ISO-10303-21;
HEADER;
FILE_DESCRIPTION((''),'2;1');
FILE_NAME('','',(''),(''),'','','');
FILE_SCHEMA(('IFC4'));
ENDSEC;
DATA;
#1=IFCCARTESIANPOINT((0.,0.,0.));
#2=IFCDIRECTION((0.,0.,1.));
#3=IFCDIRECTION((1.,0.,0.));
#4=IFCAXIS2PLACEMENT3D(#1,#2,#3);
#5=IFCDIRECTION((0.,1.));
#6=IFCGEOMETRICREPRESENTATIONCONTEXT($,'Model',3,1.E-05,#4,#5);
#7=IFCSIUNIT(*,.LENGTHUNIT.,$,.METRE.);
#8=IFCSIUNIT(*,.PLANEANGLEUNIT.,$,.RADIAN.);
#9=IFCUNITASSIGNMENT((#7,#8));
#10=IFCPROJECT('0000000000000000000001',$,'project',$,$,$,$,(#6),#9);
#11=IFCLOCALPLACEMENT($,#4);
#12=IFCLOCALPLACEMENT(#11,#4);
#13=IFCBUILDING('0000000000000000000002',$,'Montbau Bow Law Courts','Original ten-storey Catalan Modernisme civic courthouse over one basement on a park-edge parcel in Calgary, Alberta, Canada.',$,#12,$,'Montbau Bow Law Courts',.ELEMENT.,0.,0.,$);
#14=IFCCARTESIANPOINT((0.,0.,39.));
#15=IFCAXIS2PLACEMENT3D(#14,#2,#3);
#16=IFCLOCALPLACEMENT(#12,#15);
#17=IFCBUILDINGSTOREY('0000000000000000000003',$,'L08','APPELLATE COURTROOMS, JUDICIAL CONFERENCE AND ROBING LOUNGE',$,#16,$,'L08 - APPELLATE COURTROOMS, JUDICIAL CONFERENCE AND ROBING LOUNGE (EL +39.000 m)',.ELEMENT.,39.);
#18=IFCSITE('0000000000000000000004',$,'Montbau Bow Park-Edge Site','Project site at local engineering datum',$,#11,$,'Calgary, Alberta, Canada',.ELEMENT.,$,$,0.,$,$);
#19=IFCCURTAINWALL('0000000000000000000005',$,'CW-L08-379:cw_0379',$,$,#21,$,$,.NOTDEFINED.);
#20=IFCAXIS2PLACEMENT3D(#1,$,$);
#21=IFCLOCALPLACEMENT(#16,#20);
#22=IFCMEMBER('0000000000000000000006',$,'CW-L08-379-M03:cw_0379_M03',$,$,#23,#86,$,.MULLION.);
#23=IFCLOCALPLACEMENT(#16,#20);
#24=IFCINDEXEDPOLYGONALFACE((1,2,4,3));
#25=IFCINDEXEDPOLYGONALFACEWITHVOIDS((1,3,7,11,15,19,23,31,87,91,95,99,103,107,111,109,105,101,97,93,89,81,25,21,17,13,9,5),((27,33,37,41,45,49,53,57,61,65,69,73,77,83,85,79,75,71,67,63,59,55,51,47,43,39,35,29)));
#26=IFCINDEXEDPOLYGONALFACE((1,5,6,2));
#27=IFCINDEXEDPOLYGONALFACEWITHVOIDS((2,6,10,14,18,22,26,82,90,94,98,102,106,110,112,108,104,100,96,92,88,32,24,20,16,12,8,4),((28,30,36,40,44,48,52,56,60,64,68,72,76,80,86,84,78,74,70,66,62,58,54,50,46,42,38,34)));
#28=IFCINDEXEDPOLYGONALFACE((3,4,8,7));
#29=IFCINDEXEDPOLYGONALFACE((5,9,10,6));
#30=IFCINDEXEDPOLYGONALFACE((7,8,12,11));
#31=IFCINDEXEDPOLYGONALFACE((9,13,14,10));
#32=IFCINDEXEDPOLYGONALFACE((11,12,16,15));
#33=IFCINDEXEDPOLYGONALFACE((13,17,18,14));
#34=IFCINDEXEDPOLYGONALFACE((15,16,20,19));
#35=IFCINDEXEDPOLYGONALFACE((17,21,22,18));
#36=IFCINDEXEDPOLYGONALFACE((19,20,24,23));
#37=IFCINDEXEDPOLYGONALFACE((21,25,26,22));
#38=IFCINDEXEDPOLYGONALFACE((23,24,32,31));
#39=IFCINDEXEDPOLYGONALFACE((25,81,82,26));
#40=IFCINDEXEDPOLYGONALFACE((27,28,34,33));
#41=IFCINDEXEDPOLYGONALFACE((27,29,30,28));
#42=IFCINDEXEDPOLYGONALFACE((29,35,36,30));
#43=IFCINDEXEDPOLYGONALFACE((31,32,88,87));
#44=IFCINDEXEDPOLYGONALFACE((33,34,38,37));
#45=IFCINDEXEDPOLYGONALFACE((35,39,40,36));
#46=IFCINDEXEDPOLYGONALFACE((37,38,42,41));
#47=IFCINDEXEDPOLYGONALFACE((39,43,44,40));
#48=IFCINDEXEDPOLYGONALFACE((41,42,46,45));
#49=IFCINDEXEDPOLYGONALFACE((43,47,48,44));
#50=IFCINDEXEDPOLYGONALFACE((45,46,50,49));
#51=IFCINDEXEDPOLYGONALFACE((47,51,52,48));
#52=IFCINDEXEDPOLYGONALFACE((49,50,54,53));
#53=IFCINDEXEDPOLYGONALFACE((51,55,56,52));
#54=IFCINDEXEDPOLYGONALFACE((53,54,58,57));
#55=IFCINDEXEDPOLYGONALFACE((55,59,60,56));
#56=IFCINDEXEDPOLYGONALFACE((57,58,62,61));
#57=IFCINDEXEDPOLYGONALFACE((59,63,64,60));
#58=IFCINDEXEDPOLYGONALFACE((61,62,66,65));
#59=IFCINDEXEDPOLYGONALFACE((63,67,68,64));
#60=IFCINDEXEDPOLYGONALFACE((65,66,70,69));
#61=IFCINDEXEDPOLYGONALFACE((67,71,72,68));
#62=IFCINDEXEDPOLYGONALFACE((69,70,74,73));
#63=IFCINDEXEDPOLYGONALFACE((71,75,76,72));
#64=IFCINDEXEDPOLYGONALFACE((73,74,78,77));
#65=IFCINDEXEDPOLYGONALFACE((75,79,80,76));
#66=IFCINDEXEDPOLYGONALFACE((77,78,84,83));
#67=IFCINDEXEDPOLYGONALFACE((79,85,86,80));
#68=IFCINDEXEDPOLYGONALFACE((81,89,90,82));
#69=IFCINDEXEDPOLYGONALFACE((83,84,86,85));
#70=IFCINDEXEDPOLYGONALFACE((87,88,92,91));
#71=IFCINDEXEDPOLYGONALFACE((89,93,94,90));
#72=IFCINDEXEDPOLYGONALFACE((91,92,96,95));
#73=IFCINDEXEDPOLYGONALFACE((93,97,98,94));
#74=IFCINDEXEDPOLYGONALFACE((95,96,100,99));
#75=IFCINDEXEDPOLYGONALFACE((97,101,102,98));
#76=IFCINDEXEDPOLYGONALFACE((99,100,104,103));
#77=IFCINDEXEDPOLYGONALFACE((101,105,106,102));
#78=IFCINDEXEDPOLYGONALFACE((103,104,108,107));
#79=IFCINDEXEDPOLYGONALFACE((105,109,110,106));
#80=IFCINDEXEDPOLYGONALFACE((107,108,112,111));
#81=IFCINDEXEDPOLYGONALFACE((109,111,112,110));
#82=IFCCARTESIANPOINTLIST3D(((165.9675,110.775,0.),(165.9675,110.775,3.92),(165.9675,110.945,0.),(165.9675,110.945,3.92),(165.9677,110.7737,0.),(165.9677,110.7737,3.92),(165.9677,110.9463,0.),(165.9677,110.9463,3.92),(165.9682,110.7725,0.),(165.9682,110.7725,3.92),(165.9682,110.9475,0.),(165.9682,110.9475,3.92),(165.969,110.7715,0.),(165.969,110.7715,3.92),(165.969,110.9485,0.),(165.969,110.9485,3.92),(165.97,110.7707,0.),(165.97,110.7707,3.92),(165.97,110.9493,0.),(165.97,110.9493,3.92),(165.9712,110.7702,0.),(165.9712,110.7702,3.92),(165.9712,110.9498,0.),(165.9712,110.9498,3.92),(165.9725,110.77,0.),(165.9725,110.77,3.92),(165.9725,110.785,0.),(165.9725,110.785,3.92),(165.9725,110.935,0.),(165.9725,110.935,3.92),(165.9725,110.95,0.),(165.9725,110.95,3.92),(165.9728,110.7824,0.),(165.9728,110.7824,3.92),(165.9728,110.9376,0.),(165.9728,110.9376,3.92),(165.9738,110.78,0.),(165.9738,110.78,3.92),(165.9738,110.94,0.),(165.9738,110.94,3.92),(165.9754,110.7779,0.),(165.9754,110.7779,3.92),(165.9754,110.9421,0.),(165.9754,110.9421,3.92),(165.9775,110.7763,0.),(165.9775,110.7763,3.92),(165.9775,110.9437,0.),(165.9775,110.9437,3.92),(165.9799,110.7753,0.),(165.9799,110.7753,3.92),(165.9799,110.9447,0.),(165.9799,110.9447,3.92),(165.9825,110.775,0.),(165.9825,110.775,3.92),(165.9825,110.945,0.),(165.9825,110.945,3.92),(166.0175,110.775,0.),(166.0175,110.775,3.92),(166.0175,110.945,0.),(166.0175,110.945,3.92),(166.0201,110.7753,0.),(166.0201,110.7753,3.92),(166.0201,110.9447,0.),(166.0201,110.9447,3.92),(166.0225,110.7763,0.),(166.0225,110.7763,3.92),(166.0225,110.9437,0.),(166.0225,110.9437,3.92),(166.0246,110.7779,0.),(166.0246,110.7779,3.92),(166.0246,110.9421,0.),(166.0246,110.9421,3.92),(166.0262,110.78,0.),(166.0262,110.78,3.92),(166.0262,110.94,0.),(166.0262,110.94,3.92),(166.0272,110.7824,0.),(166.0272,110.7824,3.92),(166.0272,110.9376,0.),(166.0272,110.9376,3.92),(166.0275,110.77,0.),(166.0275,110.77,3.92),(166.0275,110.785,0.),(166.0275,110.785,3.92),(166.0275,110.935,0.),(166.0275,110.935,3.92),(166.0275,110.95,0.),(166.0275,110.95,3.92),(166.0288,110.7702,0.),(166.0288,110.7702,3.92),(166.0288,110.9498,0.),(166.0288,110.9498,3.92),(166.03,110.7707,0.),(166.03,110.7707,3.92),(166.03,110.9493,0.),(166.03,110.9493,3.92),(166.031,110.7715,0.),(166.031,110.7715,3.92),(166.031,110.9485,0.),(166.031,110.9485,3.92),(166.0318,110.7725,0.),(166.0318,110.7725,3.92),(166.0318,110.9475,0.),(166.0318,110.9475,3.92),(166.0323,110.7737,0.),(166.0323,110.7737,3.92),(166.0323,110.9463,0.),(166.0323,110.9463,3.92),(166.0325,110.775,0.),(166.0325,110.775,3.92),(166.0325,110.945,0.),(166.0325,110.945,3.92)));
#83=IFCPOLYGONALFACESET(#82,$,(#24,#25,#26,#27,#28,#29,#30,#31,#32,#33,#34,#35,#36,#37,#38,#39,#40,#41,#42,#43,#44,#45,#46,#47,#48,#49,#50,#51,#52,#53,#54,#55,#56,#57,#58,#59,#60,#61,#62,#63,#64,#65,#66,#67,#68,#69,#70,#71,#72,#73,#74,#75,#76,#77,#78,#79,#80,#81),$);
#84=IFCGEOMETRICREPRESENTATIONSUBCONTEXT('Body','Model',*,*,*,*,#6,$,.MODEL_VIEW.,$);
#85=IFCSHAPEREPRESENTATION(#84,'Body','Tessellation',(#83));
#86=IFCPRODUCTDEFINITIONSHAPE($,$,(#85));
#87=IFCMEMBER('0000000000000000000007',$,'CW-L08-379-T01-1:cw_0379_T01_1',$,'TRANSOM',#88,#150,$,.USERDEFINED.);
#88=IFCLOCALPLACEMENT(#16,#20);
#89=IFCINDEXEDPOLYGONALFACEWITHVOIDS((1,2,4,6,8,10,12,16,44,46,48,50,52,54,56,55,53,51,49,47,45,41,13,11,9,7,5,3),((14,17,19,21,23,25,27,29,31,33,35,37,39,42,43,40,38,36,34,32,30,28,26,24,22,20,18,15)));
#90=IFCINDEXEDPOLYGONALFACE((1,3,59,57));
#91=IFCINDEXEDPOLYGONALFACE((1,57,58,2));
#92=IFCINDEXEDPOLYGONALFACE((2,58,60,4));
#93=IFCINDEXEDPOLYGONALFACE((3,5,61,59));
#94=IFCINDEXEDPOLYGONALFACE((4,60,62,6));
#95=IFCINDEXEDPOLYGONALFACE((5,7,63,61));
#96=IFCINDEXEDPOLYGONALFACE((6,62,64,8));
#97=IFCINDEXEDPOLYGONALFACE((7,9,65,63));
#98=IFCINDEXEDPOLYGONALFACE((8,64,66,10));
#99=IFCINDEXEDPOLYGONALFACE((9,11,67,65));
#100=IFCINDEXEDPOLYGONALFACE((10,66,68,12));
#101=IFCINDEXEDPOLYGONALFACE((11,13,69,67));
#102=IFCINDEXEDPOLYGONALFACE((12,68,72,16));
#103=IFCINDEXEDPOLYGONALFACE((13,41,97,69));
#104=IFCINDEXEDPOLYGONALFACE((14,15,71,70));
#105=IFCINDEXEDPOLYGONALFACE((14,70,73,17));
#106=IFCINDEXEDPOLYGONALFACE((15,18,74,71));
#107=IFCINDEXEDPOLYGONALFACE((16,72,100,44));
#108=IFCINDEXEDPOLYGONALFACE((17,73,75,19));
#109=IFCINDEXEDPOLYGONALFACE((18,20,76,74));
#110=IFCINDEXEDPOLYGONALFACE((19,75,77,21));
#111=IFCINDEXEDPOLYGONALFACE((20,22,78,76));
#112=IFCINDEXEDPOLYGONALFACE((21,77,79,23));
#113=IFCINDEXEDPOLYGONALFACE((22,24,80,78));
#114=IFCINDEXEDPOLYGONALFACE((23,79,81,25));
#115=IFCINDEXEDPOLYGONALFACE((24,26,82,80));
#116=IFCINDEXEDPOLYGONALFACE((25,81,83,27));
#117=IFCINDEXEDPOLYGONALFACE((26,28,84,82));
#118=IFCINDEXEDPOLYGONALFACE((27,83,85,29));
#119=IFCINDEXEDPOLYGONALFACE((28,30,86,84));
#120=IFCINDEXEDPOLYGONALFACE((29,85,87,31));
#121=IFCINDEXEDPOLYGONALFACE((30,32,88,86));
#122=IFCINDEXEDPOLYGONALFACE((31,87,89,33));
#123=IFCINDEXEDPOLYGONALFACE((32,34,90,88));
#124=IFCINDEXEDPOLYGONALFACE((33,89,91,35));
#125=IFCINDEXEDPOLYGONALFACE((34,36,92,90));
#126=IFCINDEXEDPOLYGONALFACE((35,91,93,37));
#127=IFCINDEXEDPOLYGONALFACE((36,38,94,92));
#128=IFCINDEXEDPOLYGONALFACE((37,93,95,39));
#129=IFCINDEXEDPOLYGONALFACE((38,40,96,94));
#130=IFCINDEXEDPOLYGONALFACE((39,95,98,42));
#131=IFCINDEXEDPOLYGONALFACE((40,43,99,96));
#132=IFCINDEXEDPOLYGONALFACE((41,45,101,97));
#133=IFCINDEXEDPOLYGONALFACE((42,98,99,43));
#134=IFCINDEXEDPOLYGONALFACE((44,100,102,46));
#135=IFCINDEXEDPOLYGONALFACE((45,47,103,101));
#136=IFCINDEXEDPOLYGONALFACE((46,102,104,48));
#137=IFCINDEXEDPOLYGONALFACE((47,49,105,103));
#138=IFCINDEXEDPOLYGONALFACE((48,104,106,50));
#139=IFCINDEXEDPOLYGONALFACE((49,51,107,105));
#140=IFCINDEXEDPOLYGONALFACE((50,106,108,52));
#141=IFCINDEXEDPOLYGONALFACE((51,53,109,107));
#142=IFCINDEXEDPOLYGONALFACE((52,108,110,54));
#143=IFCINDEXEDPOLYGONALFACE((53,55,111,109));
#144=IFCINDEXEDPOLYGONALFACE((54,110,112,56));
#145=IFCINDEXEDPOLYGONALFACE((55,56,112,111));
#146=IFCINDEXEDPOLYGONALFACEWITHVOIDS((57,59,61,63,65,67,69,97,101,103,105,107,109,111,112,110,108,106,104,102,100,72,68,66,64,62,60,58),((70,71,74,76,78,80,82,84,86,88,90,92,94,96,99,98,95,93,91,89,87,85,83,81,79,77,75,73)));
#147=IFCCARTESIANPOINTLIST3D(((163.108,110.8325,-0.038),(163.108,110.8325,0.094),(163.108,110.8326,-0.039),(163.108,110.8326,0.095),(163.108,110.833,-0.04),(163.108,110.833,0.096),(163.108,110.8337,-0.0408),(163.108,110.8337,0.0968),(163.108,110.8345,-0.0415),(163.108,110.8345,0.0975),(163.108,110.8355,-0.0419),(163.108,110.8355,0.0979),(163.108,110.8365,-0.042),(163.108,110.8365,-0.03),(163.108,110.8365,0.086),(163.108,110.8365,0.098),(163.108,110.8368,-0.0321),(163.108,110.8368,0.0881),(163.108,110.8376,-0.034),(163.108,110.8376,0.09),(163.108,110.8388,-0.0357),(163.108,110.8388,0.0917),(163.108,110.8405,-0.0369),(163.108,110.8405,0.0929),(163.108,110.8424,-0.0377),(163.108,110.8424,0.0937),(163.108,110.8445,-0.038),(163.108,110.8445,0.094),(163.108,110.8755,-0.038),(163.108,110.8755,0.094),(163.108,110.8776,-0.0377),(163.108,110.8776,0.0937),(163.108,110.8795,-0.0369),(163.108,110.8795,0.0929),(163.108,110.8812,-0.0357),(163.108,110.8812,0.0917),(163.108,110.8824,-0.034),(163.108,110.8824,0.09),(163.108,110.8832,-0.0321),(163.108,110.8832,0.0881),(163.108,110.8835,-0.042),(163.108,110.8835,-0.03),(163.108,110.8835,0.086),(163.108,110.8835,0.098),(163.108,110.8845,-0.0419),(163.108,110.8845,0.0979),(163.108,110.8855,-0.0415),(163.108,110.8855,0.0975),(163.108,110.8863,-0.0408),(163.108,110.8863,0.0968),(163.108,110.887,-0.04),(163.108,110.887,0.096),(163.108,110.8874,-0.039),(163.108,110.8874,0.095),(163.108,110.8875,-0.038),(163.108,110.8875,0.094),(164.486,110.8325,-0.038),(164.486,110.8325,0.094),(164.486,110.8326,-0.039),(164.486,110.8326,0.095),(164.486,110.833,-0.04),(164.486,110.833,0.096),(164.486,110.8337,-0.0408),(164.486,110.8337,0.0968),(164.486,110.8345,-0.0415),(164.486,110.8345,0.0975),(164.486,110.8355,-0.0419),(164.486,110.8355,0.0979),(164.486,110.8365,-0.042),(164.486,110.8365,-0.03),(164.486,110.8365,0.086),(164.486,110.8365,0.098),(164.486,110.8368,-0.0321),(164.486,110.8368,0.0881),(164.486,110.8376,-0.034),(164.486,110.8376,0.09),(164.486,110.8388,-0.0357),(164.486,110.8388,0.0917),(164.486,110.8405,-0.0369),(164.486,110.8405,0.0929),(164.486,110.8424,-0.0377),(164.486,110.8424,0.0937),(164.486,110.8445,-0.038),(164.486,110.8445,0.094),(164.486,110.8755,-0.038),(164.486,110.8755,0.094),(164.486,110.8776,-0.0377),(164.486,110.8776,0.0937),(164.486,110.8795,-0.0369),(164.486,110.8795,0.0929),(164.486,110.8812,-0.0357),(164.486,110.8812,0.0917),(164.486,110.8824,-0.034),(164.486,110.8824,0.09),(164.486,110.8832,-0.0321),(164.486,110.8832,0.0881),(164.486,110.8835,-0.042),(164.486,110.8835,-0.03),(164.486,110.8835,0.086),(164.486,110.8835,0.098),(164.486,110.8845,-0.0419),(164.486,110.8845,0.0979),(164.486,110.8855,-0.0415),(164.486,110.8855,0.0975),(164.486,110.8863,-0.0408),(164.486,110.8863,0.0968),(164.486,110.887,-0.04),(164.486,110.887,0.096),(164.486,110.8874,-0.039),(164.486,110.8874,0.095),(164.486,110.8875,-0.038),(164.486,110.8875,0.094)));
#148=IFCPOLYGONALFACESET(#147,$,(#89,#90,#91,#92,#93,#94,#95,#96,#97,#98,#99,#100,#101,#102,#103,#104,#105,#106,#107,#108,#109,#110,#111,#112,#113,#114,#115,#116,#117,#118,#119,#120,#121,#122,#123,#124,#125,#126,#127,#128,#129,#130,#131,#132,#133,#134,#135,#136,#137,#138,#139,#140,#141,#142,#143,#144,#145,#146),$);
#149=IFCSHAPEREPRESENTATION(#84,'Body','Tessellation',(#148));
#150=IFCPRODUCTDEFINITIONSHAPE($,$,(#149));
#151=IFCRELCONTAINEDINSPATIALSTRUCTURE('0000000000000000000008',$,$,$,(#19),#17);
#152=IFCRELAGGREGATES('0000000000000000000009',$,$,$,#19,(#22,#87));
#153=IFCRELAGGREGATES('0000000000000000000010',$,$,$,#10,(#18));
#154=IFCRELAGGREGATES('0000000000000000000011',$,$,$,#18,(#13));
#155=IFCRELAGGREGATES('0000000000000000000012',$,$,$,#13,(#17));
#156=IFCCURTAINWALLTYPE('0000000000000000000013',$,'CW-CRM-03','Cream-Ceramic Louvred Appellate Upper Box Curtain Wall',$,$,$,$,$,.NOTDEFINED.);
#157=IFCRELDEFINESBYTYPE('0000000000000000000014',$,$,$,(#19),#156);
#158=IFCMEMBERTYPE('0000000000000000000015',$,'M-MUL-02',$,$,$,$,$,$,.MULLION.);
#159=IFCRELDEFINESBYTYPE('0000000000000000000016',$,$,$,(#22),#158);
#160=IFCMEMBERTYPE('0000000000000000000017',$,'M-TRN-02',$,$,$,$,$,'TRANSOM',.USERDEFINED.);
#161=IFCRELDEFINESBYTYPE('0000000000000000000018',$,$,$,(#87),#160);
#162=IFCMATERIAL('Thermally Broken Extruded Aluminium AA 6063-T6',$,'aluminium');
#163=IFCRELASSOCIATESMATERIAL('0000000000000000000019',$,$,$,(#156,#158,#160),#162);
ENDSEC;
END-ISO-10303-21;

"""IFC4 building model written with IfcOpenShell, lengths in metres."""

from ifc_helpers import new_model, si_unit, direction, frame, origin_with_axes, origin_2d_with_axis, place, context, subcontext, project, spatial, hollow_rectangle, extrude, material, material_profile, profile_set, type_object, element, aggregate, save


model = new_model("IFC4")

# Units and contexts
model_context = context("Model", 3, precision=1e-05, world=origin_with_axes(), true_north=direction((0.0, 1.0)))
body_context = subcontext(model_context, "Body", "Model", "MODEL_VIEW")
ifc_project = project(units=[si_unit("LENGTHUNIT", "METRE"), si_unit("PLANEANGLEUNIT", "RADIAN")], contexts=[model_context])

# Site, building, storey
site_placement = place(None, origin_with_axes())
site = spatial("IfcSite", under=ifc_project, at=site_placement, Name="Montbau Bow Park-Edge Site", Description="Project site at local engineering datum", LongName="Calgary, Alberta, Canada", CompositionType="ELEMENT", RefElevation=0.0)
building_placement = place(site_placement, origin_with_axes())
building = spatial("IfcBuilding", under=site, at=building_placement, Name="Montbau Bow Law Courts", Description="Original ten-storey Catalan Modernisme civic courthouse over one basement on a park-edge parcel in Calgary, Alberta, Canada.", LongName="Montbau Bow Law Courts", CompositionType="ELEMENT", ElevationOfRefHeight=0.0, ElevationOfTerrain=0.0)
storey_placement = place(building_placement, frame((0.0, 0.0, 39.0), z_axis=(0.0, 0.0, 1.0), x_axis=(1.0, 0.0, 0.0)))
storey = spatial("IfcBuildingStorey", under=building, at=storey_placement, Name="L08", Description="APPELLATE COURTROOMS, JUDICIAL CONFERENCE AND ROBING LOUNGE", LongName="L08 - APPELLATE COURTROOMS, JUDICIAL CONFERENCE AND ROBING LOUNGE (EL +39.000 m)", CompositionType="ELEMENT", Elevation=39.0)

# Shared definitions
ifc_material_1 = material(Name="Thermally Broken Extruded Aluminium AA 6063-T6", Category="aluminium")
curtain_wall_type = type_object("IfcCurtainWallType", Name="CW-CRM-03", Description="Cream-Ceramic Louvred Appellate Upper Box Curtain Wall", PredefinedType="NOTDEFINED", material=ifc_material_1)

# Curtain wall, members
curtain_wall_1_placement = place(None, frame((163.04, 110.86, 39.0), z_axis=(0.0, 0.0, 1.0), x_axis=(1.0, 0.0, 0.0)))
curtain_wall_1 = element("IfcCurtainWall", 1, at=curtain_wall_1_placement, inside=storey, type_object=curtain_wall_type, Name="CW-L08-379:cw_0379", PredefinedType="NOTDEFINED")
ifc_material_profile_1 = material_profile(ifc_material_1, hollow_rectangle(XDim=0.065, YDim=0.18, WallThickness=0.005, InnerFilletRadius=0.01, OuterFilletRadius=0.005, at=origin_2d_with_axis()), Name="CWM-180X65", Category="Main", Priority=0)
ifc_profile_set_1 = profile_set([ifc_material_profile_1], Name="Thermally Broken Extruded Aluminium AA 6063-T6")
member_type_1 = type_object("IfcMemberType", Name="M-MUL-02", PredefinedType="MULLION", material=ifc_profile_set_1)
member_1_placement = place(None, frame((166.0, 110.86, 39.0), z_axis=(0.0, 0.0, 1.0), x_axis=(1.0, 0.0, 0.0)))
member_1 = element("IfcMember", 2, at=member_1_placement, type_object=member_type_1, Name="CW-L08-379-M03:cw_0379_M03", PredefinedType="MULLION", context=body_context, shape_type="SweptSolid", body=[
    extrude(hollow_rectangle(XDim=0.065, YDim=0.18, WallThickness=0.005, InnerFilletRadius=0.01, OuterFilletRadius=0.005, at=origin_2d_with_axis()), origin_with_axes(), (0.0, 0.0, 1.0), 3.92),
])
ifc_material_profile_2 = material_profile(ifc_material_1, hollow_rectangle(XDim=0.055, YDim=0.14, WallThickness=0.004, InnerFilletRadius=0.008, OuterFilletRadius=0.004, at=origin_2d_with_axis()), Name="CWT-140X55", Category="Main", Priority=0)
ifc_profile_set_2 = profile_set([ifc_material_profile_2], Name="Thermally Broken Extruded Aluminium AA 6063-T6")
member_type_2 = type_object("IfcMemberType", Name="M-TRN-02", ElementType="TRANSOM", PredefinedType="USERDEFINED", material=ifc_profile_set_2)
member_2_placement = place(None, frame((163.108, 110.86, 39.028), z_axis=(1.0, 0.0, 0.0), x_axis=(0.0, 1.0, 0.0)))
member_2 = element("IfcMember", 3, at=member_2_placement, type_object=member_type_2, Name="CW-L08-379-T01-1:cw_0379_T01_1", ObjectType="TRANSOM", PredefinedType="USERDEFINED", context=body_context, shape_type="SweptSolid", body=[
    extrude(hollow_rectangle(XDim=0.055, YDim=0.14, WallThickness=0.004, InnerFilletRadius=0.008, OuterFilletRadius=0.004, at=origin_2d_with_axis()), origin_with_axes(), (0.0, 0.0, 1.0), 1.378),
])
aggregate(curtain_wall_1, [member_1, member_2])

save(model, "model.ifc")
